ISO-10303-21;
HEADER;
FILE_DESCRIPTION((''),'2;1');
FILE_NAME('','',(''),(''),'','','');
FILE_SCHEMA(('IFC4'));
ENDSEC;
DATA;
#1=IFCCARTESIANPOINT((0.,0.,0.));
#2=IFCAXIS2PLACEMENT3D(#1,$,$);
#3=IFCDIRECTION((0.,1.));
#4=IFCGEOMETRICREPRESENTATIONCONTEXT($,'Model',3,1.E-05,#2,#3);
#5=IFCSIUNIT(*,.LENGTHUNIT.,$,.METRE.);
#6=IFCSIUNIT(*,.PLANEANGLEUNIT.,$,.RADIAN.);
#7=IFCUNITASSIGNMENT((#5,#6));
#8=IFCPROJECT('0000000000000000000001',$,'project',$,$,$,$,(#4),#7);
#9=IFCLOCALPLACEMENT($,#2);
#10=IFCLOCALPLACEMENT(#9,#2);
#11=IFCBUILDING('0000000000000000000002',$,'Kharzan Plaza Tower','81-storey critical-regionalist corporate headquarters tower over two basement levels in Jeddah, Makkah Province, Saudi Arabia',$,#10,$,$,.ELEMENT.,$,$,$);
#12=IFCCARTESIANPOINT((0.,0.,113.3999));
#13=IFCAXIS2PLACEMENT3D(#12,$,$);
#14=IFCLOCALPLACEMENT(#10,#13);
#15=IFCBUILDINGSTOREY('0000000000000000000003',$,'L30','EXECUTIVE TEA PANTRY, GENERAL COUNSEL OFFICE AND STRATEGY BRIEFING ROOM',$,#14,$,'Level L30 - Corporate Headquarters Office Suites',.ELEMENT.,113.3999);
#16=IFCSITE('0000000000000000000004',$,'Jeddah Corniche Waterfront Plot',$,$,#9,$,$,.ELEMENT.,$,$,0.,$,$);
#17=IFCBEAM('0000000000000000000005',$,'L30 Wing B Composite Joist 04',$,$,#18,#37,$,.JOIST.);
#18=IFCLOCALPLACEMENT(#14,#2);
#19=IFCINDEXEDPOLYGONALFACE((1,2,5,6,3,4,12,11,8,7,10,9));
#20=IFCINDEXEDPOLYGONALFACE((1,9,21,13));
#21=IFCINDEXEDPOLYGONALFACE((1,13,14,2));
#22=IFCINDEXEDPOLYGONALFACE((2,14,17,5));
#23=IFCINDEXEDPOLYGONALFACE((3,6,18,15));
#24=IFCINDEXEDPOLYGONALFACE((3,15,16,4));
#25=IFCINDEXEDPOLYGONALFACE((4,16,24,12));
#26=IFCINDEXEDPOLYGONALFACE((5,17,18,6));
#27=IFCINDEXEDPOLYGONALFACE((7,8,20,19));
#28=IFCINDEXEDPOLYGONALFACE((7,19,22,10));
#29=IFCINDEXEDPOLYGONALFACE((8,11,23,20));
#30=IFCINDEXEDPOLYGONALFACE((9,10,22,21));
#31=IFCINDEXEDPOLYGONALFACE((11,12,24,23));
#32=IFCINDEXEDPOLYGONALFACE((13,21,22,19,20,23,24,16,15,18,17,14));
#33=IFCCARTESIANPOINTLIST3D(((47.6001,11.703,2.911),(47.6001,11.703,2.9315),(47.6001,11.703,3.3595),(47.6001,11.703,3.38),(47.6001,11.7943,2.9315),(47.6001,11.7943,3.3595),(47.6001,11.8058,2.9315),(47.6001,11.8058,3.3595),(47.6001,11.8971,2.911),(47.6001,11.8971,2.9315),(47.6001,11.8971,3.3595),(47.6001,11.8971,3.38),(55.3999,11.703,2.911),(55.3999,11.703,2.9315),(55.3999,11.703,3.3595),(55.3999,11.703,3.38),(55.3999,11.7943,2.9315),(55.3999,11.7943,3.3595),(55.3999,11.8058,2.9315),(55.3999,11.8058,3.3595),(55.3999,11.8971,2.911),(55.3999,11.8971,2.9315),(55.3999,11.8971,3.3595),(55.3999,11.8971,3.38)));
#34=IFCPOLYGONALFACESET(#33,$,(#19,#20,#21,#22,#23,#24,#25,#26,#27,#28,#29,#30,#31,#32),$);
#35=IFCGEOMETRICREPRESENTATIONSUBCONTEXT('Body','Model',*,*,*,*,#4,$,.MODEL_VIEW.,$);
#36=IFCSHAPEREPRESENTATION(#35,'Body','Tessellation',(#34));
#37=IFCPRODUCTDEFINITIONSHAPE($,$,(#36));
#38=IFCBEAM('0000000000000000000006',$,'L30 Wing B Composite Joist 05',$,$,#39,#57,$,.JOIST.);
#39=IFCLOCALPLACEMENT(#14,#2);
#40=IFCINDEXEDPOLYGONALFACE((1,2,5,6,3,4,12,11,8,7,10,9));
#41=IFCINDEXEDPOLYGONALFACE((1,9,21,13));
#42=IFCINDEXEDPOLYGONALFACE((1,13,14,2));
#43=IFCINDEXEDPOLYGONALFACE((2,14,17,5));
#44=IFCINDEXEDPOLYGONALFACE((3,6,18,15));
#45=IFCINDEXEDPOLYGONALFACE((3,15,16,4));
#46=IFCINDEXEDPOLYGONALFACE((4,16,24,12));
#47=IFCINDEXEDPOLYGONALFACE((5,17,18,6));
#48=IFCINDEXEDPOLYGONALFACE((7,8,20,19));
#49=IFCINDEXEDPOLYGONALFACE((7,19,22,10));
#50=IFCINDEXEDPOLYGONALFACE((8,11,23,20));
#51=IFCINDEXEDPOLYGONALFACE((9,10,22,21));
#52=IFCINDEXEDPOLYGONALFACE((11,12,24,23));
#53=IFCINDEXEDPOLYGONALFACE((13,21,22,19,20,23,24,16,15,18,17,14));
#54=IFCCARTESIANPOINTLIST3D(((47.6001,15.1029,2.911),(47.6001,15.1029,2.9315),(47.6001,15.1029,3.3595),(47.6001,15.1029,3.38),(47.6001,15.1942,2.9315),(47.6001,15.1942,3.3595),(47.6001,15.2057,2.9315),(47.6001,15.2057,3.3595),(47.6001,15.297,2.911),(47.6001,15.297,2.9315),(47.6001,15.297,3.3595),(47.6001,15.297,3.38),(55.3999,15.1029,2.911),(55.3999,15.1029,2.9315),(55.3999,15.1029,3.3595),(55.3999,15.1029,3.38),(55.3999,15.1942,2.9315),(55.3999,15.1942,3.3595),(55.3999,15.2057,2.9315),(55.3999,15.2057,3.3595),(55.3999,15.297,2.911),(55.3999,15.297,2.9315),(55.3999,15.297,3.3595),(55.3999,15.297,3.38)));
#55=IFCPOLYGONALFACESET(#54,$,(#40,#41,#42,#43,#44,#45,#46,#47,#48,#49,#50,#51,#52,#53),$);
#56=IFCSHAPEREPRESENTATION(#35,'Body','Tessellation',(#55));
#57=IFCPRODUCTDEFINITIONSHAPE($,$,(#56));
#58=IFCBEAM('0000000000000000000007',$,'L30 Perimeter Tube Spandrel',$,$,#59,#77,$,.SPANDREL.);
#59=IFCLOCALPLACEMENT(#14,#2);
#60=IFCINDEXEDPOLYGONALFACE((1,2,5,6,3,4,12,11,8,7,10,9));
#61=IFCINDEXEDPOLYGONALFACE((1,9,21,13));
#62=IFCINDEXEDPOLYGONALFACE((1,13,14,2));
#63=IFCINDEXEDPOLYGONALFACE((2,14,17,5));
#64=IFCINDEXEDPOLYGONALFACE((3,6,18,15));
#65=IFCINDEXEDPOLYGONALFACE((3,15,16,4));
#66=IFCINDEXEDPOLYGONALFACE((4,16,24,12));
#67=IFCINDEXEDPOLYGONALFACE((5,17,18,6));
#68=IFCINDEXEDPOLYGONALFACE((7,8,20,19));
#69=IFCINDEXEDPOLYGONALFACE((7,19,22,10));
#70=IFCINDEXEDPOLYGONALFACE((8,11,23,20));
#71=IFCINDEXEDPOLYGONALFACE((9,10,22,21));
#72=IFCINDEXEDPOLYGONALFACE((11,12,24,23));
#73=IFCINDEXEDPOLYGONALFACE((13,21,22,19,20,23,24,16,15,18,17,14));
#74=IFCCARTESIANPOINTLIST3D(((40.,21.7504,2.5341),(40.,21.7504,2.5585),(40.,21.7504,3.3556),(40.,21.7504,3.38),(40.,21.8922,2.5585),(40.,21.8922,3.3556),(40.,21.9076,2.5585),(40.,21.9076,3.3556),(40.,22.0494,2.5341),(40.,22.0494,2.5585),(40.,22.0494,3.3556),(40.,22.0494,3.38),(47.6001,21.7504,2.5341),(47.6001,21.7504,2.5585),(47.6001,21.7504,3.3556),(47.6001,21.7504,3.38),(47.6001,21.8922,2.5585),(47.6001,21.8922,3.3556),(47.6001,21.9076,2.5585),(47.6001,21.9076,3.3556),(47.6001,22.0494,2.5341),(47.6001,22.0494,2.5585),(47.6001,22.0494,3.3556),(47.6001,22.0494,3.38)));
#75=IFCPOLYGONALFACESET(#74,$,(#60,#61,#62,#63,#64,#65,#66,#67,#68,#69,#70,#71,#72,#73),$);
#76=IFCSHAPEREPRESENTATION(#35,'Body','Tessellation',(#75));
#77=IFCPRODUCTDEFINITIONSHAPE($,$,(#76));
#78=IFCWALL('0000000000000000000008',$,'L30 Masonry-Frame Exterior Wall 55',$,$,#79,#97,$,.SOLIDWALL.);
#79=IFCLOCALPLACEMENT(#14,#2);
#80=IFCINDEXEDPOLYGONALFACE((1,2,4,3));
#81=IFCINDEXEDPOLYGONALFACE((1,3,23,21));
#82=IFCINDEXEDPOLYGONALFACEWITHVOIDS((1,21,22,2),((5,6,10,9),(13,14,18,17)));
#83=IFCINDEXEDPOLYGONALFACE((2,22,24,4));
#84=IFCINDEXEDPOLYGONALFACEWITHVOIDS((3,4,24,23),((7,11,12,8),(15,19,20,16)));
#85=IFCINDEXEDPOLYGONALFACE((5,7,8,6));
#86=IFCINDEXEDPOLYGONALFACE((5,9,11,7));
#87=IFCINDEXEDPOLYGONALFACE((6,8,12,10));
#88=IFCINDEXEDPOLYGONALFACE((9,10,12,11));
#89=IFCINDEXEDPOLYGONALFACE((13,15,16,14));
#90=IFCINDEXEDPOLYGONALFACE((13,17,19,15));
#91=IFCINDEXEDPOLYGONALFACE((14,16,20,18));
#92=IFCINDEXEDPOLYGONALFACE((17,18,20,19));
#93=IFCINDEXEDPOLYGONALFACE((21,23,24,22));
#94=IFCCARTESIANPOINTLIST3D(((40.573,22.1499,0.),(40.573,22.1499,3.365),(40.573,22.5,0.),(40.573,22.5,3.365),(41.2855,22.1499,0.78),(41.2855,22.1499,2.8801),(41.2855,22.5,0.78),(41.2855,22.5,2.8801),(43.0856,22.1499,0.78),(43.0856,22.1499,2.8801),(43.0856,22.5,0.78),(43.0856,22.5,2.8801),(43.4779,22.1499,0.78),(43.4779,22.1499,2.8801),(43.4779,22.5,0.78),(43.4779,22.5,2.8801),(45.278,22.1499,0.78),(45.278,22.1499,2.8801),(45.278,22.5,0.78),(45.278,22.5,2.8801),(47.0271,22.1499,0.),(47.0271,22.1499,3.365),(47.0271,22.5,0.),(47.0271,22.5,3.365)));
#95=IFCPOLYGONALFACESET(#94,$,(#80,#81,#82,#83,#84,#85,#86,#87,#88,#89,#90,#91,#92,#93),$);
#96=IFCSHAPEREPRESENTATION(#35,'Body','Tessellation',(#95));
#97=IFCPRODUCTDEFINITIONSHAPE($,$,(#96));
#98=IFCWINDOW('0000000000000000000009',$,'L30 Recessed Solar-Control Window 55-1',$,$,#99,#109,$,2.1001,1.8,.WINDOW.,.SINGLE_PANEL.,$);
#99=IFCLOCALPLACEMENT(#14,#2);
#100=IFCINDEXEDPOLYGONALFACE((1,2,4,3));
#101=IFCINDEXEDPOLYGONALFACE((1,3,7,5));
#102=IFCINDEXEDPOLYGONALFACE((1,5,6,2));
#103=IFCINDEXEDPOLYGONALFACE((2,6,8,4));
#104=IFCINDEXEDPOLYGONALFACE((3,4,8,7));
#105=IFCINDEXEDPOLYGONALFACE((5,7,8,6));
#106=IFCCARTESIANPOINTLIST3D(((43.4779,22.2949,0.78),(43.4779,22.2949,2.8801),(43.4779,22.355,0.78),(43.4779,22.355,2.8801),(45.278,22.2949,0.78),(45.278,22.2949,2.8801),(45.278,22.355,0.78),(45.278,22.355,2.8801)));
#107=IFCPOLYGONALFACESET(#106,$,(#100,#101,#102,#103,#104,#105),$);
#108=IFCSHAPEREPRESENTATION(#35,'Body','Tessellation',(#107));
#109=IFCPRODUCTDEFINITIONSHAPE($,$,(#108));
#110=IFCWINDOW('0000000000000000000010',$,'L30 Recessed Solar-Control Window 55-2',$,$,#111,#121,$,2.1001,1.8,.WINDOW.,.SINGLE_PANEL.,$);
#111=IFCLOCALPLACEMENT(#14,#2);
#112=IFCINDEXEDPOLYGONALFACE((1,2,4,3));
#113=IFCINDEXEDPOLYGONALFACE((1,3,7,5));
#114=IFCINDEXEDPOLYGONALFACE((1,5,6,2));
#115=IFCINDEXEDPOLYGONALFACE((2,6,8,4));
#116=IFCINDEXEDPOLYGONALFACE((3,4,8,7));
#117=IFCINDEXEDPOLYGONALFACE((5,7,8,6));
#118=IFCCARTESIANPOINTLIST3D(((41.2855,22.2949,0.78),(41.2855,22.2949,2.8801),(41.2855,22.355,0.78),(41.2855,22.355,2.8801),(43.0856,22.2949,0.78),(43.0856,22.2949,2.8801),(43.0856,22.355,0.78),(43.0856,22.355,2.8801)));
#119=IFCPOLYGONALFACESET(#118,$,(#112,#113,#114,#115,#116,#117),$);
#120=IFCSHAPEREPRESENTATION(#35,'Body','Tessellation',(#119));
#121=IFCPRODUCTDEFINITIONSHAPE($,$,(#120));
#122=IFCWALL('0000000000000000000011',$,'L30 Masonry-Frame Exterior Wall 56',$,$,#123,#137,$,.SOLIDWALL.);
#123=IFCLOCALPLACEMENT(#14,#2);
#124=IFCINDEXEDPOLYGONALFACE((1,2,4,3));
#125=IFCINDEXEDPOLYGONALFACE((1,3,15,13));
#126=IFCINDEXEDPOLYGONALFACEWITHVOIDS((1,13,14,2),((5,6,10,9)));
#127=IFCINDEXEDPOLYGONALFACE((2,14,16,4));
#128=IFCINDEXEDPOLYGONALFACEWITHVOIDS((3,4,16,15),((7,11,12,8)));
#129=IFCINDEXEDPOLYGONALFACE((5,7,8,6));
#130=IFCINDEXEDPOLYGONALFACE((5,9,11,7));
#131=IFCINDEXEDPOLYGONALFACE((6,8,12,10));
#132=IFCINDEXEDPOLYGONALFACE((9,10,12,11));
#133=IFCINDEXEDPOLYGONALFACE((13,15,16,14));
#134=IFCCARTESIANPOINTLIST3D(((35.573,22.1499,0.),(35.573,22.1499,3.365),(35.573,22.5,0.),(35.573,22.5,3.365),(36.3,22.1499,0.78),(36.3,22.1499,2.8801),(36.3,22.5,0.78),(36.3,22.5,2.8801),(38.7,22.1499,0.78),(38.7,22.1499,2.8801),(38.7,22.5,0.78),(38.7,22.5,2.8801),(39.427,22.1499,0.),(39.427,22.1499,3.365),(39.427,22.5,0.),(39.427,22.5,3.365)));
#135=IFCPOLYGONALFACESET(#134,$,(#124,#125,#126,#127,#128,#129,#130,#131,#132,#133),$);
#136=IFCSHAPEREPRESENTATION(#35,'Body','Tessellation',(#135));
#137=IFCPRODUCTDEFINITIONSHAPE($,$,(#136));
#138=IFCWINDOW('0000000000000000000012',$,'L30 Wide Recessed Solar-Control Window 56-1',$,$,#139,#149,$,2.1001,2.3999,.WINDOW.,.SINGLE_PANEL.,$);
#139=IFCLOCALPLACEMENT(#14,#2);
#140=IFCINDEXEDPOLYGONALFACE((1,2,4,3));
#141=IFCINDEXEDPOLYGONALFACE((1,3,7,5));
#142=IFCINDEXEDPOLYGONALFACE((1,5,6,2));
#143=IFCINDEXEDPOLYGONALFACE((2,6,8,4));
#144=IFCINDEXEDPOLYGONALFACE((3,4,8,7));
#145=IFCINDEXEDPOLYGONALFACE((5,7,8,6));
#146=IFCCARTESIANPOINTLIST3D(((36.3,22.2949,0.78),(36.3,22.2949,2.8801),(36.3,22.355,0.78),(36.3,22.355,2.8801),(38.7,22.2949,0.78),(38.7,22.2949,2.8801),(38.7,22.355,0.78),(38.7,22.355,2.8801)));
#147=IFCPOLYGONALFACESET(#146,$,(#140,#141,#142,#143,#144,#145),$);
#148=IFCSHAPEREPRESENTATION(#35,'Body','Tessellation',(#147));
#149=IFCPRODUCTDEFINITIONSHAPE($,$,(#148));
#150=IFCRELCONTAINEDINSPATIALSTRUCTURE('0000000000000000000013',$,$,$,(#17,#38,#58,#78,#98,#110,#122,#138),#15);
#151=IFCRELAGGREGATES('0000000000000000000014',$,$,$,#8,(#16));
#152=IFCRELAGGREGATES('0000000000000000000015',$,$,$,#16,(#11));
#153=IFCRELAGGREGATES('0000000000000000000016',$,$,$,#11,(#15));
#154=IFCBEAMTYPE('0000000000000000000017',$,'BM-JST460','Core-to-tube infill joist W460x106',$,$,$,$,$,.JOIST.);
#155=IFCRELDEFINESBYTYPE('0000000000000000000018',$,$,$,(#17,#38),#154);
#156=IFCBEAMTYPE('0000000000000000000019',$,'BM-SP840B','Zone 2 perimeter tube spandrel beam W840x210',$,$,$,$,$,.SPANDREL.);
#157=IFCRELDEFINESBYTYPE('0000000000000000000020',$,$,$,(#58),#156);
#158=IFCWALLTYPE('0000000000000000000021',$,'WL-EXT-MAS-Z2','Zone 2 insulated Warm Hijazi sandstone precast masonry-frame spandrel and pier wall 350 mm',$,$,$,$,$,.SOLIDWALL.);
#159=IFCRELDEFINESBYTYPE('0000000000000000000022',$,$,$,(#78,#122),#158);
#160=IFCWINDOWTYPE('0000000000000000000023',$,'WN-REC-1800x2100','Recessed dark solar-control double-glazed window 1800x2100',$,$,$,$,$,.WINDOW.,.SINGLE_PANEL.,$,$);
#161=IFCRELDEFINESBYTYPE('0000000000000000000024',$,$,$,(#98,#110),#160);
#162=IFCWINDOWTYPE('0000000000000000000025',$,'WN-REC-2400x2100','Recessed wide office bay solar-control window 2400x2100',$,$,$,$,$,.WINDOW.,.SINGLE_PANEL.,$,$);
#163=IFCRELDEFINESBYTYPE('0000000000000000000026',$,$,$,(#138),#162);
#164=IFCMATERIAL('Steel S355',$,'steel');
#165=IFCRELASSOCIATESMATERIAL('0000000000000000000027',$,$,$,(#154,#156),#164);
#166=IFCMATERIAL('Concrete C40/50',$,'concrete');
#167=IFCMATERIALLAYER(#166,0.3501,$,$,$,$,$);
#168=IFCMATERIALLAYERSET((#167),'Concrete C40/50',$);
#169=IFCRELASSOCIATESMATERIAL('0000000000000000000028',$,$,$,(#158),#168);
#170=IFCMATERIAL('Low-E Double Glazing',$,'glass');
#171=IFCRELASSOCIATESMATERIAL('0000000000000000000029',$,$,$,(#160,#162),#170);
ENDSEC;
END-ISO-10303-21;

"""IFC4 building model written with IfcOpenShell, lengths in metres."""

from ifc_helpers import new_model, si_unit, direction, frame, frame_2d, origin, origin_2d, place, context, subcontext, project, spatial, rectangle, i_section, extrude, source, transform, mapped, material, layer, layer_set, material_profile, profile_set, type_object, element, fill, save


model = new_model("IFC4")

# Units and contexts
model_context = context("Model", 3, precision=1e-05, world=origin(), true_north=direction((0.0, 1.0)))
body_context = subcontext(model_context, "Body", "Model", "MODEL_VIEW")
ifc_project = project(units=[si_unit("LENGTHUNIT", "METRE"), si_unit("PLANEANGLEUNIT", "RADIAN")], contexts=[model_context])

# Site, building, storey
site_placement = place(None, origin())
site = spatial("IfcSite", under=ifc_project, at=site_placement, Name="Jeddah Corniche Waterfront Plot", CompositionType="ELEMENT", RefElevation=0.0)
building_placement = place(site_placement, origin())
building = spatial("IfcBuilding", under=site, at=building_placement, Name="Kharzan Plaza Tower", Description="81-storey critical-regionalist corporate headquarters tower over two basement levels in Jeddah, Makkah Province, Saudi Arabia", CompositionType="ELEMENT")
storey_placement = place(building_placement, frame((0.0, 0.0, 113.3999)))
storey = spatial("IfcBuildingStorey", under=building, at=storey_placement, Name="L30", Description="EXECUTIVE TEA PANTRY, GENERAL COUNSEL OFFICE AND STRATEGY BRIEFING ROOM", LongName="Level L30 - Corporate Headquarters Office Suites", CompositionType="ELEMENT", Elevation=113.3999)

# Beams
ifc_material_1 = material(Name="Steel S355", Category="steel")
ifc_material_profile_1 = material_profile(ifc_material_1, i_section(OverallWidth=0.1941, OverallDepth=0.469, WebThickness=0.0115, FlangeThickness=0.0205, at=origin_2d()), Name="W460x106")
ifc_profile_set_1 = profile_set([ifc_material_profile_1], Name="Steel S355")
beam_type_1 = type_object("IfcBeamType", Name="BM-JST460", Description="Core-to-tube infill joist W460x106", PredefinedType="JOIST", material=ifc_profile_set_1)
shared_shape_1 = source(origin(), body_context, "Body", "SweptSolid", [
    extrude(i_section(OverallWidth=0.1941, OverallDepth=0.469, WebThickness=0.0115, FlangeThickness=0.0205, at=origin_2d()), origin(), (0.0, 0.0, 1.0), 7.7998),
])
for number, where, z_axis, x_axis, name in (
    (1, (47.6001, 11.8, 3.1455), (1.0, 0.0, 0.0), (0.0, 1.0, 0.0), "L30 Wing B Composite Joist 04"),
    (2, (47.6001, 15.2, 3.1455), (1.0, 0.0, 0.0), (0.0, 1.0, 0.0), "L30 Wing B Composite Joist 05"),
):
    element("IfcBeam", number, at=place(storey_placement, frame(where, z_axis=z_axis, x_axis=x_axis)), inside=storey, type_object=beam_type_1, Name=name, PredefinedType="JOIST", context=body_context, shape_type="MappedRepresentation", body=[
        mapped(shared_shape_1, transform((0.0, 0.0, 0.0), x_axis=(1.0, 0.0, 0.0), y_axis=(0.0, 1.0, 0.0), z_axis=(0.0, 0.0, 1.0))),
    ])
ifc_material_profile_2 = material_profile(ifc_material_1, i_section(OverallWidth=0.2991, OverallDepth=0.8459, WebThickness=0.0154, FlangeThickness=0.0244, at=origin_2d()), Name="W840x210")
ifc_profile_set_2 = profile_set([ifc_material_profile_2], Name="Steel S355")
beam_type_2 = type_object("IfcBeamType", Name="BM-SP840B", Description="Zone 2 perimeter tube spandrel beam W840x210", PredefinedType="SPANDREL", material=ifc_profile_set_2)
shared_shape_2 = source(origin(), body_context, "Body", "SweptSolid", [
    extrude(i_section(OverallWidth=0.2991, OverallDepth=0.8459, WebThickness=0.0154, FlangeThickness=0.0244, at=origin_2d()), origin(), (0.0, 0.0, 1.0), 7.6001),
])
beam_1_placement = place(storey_placement, frame((40.0, 21.8999, 2.957), z_axis=(1.0, 0.0, 0.0), x_axis=(0.0, 1.0, 0.0)))
element("IfcBeam", 3, at=beam_1_placement, inside=storey, type_object=beam_type_2, Name="L30 Perimeter Tube Spandrel", PredefinedType="SPANDREL", context=body_context, shape_type="MappedRepresentation", body=[
    mapped(shared_shape_2, transform((0.0, 0.0, 0.0), x_axis=(1.0, 0.0, 0.0), y_axis=(0.0, 1.0, 0.0), z_axis=(0.0, 0.0, 1.0))),
])

# Wall, openings, windows
ifc_material_2 = material(Name="Concrete C40/50", Category="concrete")
ifc_layer_1 = layer(ifc_material_2, 0.3501)
ifc_layer_set_1 = layer_set([ifc_layer_1], Name="Concrete C40/50")
wall_type_1 = type_object("IfcWallType", Name="WL-EXT-MAS-Z2", Description="Zone 2 insulated Warm Hijazi sandstone precast masonry-frame spandrel and pier wall 350 mm", PredefinedType="SOLIDWALL", material=ifc_layer_set_1)
wall_1_placement = place(storey_placement, frame((47.0271, 22.325, 0.0), z_axis=(0.0, 0.0, 1.0), x_axis=(-1.0, 0.0, 0.0)))
wall_1 = element("IfcWall", 4, at=wall_1_placement, inside=storey, type_object=wall_type_1, Name="L30 Masonry-Frame Exterior Wall 55", PredefinedType="SOLIDWALL", context=body_context, shape_type="SweptSolid", body=[
    extrude(rectangle(XDim=6.4541, YDim=0.3501, at=frame_2d((3.2271, 0.0))), origin(), (0.0, 0.0, 1.0), 3.365),
])
opening_1_placement = place(wall_1_placement, frame((1.7493, 0.0, 0.78)))
opening_1 = element("IfcOpeningElement", 5, at=opening_1_placement, cuts=wall_1, PredefinedType="OPENING", context=body_context, shape_type="SweptSolid", body=[
    extrude(rectangle(XDim=1.8, YDim=2.1001, at=frame_2d((0.8999, 1.05))), frame((0.0, 0.1851, 0.0), z_axis=(0.0, -1.0, 0.0), x_axis=(1.0, 0.0, 0.0)), (0.0, 0.0, 1.0), 0.3701),
])
opening_2_placement = place(wall_1_placement, frame((3.9417, 0.0, 0.78)))
opening_2 = element("IfcOpeningElement", 6, at=opening_2_placement, cuts=wall_1, PredefinedType="OPENING", context=body_context, shape_type="SweptSolid", body=[
    extrude(rectangle(XDim=1.8, YDim=2.1001, at=frame_2d((0.8999, 1.05))), frame((0.0, 0.1851, 0.0), z_axis=(0.0, -1.0, 0.0), x_axis=(1.0, 0.0, 0.0)), (0.0, 0.0, 1.0), 0.3701),
])
ifc_material_3 = material(Name="Low-E Double Glazing", Category="glass")
window_type_1 = type_object("IfcWindowType", Name="WN-REC-1800x2100", Description="Recessed dark solar-control double-glazed window 1800x2100", PartitioningType="SINGLE_PANEL", PredefinedType="WINDOW", material=ifc_material_3)
shared_shape_3 = source(origin(), body_context, "Body", "SweptSolid", [
    extrude(rectangle(XDim=1.8, YDim=2.1001, at=frame_2d((0.8999, 1.05))), frame((0.0, 0.03, 0.0), z_axis=(0.0, -1.0, 0.0), x_axis=(1.0, 0.0, 0.0)), (0.0, 0.0, 1.0), 0.0601),
])
window_1_placement = place(opening_1_placement, origin())
window_1 = element("IfcWindow", 7, at=window_1_placement, inside=storey, type_object=window_type_1, Name="L30 Recessed Solar-Control Window 55-1", OverallHeight=2.1001, OverallWidth=1.8, PartitioningType="SINGLE_PANEL", PredefinedType="WINDOW", context=body_context, shape_type="MappedRepresentation", body=[
    mapped(shared_shape_3, transform((0.0, 0.0, 0.0), x_axis=(1.0, 0.0, 0.0), y_axis=(0.0, 1.0, 0.0), z_axis=(0.0, 0.0, 1.0))),
])
fill(opening_1, window_1)
window_2_placement = place(opening_2_placement, origin())
window_2 = element("IfcWindow", 8, at=window_2_placement, inside=storey, type_object=window_type_1, Name="L30 Recessed Solar-Control Window 55-2", OverallHeight=2.1001, OverallWidth=1.8, PartitioningType="SINGLE_PANEL", PredefinedType="WINDOW", context=body_context, shape_type="MappedRepresentation", body=[
    mapped(shared_shape_3, transform((0.0, 0.0, 0.0), x_axis=(1.0, 0.0, 0.0), y_axis=(0.0, 1.0, 0.0), z_axis=(0.0, 0.0, 1.0))),
])
fill(opening_2, window_2)

# Wall, opening, window
wall_2_placement = place(storey_placement, frame((39.427, 22.325, 0.0), z_axis=(0.0, 0.0, 1.0), x_axis=(-1.0, 0.0, 0.0)))
wall_2 = element("IfcWall", 9, at=wall_2_placement, inside=storey, type_object=wall_type_1, Name="L30 Masonry-Frame Exterior Wall 56", PredefinedType="SOLIDWALL", context=body_context, shape_type="SweptSolid", body=[
    extrude(rectangle(XDim=3.854, YDim=0.3501, at=frame_2d((1.927, 0.0))), origin(), (0.0, 0.0, 1.0), 3.365),
])
opening_3_placement = place(wall_2_placement, frame((0.7271, 0.0, 0.78)))
opening_3 = element("IfcOpeningElement", 10, at=opening_3_placement, cuts=wall_2, PredefinedType="OPENING", context=body_context, shape_type="SweptSolid", body=[
    extrude(rectangle(XDim=2.3999, YDim=2.1001, at=frame_2d((1.2, 1.05))), frame((0.0, 0.1851, 0.0), z_axis=(0.0, -1.0, 0.0), x_axis=(1.0, 0.0, 0.0)), (0.0, 0.0, 1.0), 0.3701),
])
window_type_2 = type_object("IfcWindowType", Name="WN-REC-2400x2100", Description="Recessed wide office bay solar-control window 2400x2100", PartitioningType="SINGLE_PANEL", PredefinedType="WINDOW", material=ifc_material_3)
shared_shape_4 = source(origin(), body_context, "Body", "SweptSolid", [
    extrude(rectangle(XDim=2.3999, YDim=2.1001, at=frame_2d((1.2, 1.05))), frame((0.0, 0.03, 0.0), z_axis=(0.0, -1.0, 0.0), x_axis=(1.0, 0.0, 0.0)), (0.0, 0.0, 1.0), 0.0601),
])
window_3_placement = place(opening_3_placement, origin())
window_3 = element("IfcWindow", 11, at=window_3_placement, inside=storey, type_object=window_type_2, Name="L30 Wide Recessed Solar-Control Window 56-1", OverallHeight=2.1001, OverallWidth=2.3999, PartitioningType="SINGLE_PANEL", PredefinedType="WINDOW", context=body_context, shape_type="MappedRepresentation", body=[
    mapped(shared_shape_4, transform((0.0, 0.0, 0.0), x_axis=(1.0, 0.0, 0.0), y_axis=(0.0, 1.0, 0.0), z_axis=(0.0, 0.0, 1.0))),
])
fill(opening_3, window_3)

save(model, "model.ifc")
